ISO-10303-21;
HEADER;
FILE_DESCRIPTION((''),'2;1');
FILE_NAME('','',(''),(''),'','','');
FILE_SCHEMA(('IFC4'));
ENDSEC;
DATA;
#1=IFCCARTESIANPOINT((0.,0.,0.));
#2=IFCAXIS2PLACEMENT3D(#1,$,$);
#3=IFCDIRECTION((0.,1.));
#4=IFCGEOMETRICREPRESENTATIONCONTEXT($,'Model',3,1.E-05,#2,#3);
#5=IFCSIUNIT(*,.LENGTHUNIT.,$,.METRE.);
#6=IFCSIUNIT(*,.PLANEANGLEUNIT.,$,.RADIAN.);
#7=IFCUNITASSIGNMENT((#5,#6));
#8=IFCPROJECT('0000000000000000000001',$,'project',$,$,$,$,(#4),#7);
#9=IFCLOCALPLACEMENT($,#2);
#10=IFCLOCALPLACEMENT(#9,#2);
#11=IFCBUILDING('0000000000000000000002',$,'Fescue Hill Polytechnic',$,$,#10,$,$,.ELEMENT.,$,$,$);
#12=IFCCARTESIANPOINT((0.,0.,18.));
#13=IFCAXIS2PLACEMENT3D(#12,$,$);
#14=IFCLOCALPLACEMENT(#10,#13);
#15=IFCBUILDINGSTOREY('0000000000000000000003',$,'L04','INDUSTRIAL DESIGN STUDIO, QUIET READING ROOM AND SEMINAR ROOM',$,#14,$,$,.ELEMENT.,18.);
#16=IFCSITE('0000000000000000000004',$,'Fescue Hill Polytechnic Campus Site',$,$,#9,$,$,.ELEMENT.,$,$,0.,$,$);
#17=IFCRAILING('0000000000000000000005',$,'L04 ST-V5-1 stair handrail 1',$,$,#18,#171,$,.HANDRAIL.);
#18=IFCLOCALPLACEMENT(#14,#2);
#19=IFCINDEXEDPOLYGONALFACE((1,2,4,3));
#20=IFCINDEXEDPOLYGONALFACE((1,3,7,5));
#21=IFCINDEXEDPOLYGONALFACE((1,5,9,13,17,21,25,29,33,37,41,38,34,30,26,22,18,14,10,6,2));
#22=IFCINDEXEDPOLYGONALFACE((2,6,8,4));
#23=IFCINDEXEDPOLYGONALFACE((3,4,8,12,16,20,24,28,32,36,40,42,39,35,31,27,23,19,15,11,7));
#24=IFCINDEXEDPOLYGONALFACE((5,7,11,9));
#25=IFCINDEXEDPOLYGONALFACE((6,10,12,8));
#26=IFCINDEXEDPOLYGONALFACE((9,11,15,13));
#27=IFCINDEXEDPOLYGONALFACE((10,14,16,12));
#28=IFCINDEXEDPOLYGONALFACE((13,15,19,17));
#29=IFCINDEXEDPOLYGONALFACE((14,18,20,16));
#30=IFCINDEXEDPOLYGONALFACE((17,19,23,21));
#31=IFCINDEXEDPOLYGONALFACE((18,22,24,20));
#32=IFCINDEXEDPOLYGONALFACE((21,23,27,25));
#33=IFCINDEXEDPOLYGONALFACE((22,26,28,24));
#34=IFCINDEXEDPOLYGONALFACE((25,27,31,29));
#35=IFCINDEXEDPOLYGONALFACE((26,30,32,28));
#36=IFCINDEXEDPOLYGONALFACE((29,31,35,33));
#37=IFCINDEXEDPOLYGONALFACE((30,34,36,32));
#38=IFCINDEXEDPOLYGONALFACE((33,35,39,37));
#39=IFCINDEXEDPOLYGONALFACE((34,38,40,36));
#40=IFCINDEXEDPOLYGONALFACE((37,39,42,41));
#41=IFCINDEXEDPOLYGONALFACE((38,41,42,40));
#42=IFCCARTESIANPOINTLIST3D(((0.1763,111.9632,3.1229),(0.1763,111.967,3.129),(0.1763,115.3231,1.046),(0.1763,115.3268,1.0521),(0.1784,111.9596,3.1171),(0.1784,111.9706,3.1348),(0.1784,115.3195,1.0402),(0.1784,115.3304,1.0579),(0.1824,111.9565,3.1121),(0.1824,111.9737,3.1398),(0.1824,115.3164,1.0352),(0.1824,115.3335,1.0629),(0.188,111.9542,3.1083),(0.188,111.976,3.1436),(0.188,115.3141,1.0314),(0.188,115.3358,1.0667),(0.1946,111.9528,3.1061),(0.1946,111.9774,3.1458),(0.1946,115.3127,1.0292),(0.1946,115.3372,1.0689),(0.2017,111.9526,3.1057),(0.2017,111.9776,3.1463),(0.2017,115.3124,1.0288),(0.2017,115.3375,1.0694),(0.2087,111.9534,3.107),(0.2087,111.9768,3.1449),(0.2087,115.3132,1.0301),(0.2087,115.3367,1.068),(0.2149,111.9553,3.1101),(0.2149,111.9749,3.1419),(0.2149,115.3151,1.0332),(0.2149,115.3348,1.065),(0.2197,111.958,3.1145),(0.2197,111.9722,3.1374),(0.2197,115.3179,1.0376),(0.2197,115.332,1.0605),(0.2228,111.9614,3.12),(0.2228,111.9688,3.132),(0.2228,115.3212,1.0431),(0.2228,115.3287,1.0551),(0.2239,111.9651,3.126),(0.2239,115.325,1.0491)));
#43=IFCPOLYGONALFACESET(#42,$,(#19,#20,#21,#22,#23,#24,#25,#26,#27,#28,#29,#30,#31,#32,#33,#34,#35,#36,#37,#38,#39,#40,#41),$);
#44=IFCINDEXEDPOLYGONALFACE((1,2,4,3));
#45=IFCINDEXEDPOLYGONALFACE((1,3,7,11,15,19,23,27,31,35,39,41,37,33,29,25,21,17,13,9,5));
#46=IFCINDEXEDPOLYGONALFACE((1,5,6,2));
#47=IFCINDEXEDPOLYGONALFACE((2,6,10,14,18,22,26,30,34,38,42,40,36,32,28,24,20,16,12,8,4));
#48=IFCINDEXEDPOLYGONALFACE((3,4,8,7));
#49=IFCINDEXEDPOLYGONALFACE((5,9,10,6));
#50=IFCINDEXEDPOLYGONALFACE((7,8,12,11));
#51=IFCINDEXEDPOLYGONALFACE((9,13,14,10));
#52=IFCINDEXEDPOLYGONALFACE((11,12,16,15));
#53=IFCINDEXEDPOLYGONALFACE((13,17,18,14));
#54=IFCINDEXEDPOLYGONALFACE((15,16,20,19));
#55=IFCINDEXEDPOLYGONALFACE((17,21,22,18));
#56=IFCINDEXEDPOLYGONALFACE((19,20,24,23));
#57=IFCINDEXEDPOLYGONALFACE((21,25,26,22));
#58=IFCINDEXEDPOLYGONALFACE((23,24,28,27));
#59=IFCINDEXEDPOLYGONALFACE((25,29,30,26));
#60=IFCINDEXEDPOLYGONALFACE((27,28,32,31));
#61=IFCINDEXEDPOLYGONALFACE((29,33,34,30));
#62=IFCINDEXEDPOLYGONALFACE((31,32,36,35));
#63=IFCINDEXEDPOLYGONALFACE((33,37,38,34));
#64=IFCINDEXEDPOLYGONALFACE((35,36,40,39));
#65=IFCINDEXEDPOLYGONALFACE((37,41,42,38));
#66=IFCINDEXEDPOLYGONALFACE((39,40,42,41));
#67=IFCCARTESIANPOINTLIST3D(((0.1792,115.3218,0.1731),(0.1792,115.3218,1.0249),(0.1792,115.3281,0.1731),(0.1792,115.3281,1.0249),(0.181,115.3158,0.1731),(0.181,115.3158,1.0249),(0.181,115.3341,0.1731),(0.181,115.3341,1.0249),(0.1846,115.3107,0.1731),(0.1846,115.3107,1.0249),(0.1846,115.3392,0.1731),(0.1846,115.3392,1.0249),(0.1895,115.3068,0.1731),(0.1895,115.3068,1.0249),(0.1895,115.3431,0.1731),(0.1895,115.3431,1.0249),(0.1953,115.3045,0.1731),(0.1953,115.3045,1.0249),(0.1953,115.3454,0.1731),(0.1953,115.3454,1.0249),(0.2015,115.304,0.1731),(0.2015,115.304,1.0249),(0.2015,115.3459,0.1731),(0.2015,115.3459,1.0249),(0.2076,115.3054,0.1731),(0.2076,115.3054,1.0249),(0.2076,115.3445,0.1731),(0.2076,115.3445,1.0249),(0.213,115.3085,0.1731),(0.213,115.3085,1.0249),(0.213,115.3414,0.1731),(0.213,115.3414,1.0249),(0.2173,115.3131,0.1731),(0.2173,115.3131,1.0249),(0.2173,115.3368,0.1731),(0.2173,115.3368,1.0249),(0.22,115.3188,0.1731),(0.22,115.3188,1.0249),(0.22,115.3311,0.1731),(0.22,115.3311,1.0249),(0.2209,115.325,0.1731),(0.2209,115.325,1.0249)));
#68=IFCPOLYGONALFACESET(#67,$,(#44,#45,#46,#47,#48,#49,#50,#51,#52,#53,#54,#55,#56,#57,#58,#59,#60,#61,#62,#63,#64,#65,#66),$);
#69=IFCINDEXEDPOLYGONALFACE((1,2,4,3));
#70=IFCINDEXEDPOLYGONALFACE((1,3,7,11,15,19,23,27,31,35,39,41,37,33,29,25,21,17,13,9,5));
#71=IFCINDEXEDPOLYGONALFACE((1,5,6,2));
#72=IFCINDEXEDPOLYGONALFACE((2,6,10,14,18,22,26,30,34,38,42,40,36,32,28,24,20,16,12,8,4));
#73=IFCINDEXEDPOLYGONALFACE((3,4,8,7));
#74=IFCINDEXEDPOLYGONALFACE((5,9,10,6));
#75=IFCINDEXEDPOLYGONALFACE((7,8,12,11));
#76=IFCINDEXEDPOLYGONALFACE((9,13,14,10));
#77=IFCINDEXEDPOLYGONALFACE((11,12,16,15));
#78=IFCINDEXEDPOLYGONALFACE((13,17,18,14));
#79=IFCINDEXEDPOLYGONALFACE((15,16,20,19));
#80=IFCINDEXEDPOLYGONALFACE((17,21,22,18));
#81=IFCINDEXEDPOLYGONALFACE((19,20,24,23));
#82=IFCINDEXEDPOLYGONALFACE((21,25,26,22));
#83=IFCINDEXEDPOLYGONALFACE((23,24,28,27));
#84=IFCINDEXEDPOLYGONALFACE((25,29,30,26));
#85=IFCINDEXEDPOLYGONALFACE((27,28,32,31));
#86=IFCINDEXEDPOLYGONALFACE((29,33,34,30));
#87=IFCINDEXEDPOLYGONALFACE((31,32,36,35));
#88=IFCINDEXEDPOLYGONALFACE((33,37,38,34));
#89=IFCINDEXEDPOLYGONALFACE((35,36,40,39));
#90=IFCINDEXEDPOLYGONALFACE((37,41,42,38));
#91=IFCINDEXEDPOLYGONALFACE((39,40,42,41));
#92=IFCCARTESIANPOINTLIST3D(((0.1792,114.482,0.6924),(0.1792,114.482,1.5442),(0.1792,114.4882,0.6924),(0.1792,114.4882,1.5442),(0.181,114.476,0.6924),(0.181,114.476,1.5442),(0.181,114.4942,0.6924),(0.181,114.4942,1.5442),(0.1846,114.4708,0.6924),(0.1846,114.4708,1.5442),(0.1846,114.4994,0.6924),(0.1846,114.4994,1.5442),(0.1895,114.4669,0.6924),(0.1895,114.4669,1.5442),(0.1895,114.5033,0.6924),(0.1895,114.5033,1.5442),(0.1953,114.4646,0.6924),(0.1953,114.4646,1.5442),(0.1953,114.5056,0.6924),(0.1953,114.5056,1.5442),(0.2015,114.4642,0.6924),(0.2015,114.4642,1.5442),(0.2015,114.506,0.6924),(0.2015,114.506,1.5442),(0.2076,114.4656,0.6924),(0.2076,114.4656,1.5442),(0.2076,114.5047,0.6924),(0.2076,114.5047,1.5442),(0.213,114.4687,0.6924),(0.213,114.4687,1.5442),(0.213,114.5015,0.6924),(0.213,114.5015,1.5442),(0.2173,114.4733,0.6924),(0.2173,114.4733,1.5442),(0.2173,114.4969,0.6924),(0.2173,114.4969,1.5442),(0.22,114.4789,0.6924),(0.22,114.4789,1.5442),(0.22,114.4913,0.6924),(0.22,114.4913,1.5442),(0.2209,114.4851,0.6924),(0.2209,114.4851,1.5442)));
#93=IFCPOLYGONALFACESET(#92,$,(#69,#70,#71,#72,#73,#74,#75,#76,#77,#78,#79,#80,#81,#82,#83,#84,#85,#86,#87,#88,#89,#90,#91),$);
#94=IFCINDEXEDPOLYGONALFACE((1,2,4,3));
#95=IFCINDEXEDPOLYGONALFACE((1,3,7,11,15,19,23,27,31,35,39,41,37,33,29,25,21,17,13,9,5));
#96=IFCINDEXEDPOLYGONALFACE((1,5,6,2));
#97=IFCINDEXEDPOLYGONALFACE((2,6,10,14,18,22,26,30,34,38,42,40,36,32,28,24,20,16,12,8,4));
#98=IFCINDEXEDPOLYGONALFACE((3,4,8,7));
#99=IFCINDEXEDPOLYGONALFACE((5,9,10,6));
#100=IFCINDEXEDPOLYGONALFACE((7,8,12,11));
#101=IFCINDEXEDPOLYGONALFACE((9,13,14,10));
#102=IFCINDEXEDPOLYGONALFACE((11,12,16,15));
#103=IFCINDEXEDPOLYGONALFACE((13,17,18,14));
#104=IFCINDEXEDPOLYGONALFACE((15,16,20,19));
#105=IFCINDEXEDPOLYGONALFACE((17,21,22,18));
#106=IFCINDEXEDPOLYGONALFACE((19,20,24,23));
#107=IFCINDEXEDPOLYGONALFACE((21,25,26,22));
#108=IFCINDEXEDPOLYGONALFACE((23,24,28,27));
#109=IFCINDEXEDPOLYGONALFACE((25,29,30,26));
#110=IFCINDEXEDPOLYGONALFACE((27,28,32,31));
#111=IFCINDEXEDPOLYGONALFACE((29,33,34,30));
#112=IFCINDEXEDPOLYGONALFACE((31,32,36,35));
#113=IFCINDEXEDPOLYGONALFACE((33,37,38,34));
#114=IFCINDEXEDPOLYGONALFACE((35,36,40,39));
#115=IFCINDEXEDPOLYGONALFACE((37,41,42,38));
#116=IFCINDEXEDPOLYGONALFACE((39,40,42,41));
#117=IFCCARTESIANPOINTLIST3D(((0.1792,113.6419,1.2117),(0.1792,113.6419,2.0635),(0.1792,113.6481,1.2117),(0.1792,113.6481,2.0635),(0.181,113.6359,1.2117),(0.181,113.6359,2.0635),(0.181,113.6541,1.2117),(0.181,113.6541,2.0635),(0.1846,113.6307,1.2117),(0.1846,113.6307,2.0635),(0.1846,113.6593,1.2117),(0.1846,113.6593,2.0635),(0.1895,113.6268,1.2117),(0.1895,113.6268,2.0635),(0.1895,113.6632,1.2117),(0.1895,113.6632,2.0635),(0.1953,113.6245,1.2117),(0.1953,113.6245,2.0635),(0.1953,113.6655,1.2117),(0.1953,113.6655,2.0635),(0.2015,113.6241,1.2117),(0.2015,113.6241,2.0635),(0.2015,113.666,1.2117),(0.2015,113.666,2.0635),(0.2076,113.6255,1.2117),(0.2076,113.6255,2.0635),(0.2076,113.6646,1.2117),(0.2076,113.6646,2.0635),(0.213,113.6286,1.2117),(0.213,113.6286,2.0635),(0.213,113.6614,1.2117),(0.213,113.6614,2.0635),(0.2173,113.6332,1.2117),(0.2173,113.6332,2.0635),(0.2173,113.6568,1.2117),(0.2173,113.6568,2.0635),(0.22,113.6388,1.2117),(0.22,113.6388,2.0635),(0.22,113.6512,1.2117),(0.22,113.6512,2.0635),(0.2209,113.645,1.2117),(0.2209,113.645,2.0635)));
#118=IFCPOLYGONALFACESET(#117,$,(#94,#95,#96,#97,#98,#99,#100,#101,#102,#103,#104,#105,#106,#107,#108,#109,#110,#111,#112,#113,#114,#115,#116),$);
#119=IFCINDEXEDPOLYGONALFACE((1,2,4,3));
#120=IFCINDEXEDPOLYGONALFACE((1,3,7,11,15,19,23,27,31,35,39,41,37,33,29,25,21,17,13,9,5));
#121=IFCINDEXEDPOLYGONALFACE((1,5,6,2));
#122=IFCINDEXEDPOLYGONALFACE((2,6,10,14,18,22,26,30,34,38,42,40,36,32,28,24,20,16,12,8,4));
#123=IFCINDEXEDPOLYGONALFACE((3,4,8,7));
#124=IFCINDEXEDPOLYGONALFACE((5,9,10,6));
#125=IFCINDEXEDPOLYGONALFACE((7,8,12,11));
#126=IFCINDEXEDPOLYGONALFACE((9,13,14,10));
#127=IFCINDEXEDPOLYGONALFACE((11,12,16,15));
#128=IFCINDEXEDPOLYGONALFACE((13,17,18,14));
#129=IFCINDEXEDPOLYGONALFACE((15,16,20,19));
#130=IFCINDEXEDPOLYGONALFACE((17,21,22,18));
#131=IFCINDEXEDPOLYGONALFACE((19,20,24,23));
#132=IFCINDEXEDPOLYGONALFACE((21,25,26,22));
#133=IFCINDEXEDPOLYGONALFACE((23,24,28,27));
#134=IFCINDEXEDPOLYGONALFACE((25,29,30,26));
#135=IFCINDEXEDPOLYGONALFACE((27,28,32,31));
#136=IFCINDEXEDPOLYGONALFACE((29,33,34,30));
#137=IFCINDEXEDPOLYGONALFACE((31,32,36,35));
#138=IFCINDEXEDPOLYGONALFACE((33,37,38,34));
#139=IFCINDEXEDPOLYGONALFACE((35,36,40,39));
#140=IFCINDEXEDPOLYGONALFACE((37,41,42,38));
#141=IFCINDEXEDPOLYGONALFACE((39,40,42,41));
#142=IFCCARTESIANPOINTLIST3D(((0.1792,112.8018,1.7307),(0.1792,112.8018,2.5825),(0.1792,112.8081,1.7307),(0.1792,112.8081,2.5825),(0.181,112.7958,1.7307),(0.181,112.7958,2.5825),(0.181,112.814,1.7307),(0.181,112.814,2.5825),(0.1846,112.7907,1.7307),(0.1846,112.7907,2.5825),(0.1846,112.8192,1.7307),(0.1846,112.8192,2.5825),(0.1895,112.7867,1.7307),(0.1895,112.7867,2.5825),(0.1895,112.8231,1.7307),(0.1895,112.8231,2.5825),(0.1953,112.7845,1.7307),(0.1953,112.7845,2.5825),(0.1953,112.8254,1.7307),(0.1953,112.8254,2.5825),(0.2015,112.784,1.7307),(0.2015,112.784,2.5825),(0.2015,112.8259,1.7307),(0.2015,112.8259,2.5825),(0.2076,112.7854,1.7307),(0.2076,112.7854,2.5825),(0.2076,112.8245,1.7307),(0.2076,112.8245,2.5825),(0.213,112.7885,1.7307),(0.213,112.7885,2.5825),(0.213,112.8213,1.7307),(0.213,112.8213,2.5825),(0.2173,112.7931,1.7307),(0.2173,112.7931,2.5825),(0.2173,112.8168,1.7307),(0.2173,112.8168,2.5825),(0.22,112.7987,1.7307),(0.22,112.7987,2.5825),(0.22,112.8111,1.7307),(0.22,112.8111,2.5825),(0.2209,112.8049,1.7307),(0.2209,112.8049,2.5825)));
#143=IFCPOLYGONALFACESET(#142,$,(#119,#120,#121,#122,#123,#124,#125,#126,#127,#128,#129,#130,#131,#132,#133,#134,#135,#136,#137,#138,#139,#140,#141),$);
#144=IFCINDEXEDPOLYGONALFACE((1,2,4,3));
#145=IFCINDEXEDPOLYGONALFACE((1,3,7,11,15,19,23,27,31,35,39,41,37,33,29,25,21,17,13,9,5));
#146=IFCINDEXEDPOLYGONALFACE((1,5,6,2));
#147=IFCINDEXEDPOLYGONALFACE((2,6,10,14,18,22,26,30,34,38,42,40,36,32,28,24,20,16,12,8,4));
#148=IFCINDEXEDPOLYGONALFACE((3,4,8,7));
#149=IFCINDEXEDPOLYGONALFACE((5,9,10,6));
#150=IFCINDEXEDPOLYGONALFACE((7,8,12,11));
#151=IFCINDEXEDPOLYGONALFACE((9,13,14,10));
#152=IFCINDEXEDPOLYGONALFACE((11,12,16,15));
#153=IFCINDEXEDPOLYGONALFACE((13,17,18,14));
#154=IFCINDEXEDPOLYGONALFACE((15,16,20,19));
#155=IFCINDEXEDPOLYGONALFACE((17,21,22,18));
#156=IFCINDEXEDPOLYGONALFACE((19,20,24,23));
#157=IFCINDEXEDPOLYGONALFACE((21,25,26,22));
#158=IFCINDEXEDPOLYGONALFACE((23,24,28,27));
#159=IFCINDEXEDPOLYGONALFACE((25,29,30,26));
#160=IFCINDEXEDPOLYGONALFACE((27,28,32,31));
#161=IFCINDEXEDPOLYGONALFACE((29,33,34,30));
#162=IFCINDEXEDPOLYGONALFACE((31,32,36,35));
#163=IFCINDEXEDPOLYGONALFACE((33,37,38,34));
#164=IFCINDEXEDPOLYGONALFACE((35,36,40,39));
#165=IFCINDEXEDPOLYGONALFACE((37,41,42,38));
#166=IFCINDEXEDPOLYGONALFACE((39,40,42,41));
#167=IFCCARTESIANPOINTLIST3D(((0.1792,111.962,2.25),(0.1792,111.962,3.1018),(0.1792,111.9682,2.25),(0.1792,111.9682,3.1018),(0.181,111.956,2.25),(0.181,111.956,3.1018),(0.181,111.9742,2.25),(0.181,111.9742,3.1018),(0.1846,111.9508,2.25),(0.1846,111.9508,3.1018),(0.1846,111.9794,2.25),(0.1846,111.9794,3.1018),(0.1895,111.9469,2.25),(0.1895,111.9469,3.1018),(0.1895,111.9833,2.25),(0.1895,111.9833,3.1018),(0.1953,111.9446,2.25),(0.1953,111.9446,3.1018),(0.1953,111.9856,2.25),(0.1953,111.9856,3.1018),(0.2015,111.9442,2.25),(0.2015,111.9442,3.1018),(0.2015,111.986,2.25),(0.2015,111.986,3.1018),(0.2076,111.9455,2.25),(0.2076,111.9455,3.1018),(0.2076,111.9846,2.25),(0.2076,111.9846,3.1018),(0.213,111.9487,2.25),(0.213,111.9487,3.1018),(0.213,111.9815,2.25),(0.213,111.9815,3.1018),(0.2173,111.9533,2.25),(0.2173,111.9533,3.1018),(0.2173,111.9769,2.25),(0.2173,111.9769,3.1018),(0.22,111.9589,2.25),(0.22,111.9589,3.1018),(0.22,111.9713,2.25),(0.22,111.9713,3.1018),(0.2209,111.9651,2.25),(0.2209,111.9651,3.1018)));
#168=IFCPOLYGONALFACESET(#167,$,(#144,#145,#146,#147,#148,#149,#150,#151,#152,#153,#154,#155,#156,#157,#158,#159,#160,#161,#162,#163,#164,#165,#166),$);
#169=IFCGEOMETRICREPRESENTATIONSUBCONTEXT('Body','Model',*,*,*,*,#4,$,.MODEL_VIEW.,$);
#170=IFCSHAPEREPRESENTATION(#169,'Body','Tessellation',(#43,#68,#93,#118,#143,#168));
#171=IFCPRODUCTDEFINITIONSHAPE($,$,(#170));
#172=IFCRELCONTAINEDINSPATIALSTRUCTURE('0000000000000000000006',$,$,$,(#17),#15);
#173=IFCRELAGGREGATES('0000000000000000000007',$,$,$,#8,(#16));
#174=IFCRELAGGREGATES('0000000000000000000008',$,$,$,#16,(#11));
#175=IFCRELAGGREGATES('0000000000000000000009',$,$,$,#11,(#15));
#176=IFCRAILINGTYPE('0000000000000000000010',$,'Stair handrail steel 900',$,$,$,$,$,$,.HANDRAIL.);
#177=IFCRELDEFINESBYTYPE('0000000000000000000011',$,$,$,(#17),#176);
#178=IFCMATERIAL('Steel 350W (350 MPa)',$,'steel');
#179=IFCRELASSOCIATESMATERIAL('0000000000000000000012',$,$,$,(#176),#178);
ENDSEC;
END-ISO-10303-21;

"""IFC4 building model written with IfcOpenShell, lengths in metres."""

from ifc_helpers import new_model, si_unit, direction, frame, origin, origin_2d, place, context, subcontext, project, spatial, circle, extrude, material, type_object, element, save


model = new_model("IFC4")

# Units and contexts
model_context = context("Model", 3, precision=1e-05, world=origin(), true_north=direction((0.0, 1.0)))
body_context = subcontext(model_context, "Body", "Model", "MODEL_VIEW")
ifc_project = project(units=[si_unit("LENGTHUNIT", "METRE"), si_unit("PLANEANGLEUNIT", "RADIAN")], contexts=[model_context])

# Site, building, storey
site_placement = place(None, origin())
site = spatial("IfcSite", under=ifc_project, at=site_placement, Name="Fescue Hill Polytechnic Campus Site", CompositionType="ELEMENT", RefElevation=0.0)
building_placement = place(site_placement, origin())
building = spatial("IfcBuilding", under=site, at=building_placement, Name="Fescue Hill Polytechnic", CompositionType="ELEMENT")
storey_placement = place(building_placement, frame((0.0, 0.0, 18.0)))
storey = spatial("IfcBuildingStorey", under=building, at=storey_placement, Name="L04", Description="INDUSTRIAL DESIGN STUDIO, QUIET READING ROOM AND SEMINAR ROOM", CompositionType="ELEMENT", Elevation=18.0)

# Railing
ifc_material_1 = material(Name="Steel 350W (350 MPa)", Category="steel")
railing_type_1 = type_object("IfcRailingType", Name="Stair handrail steel 900", PredefinedType="HANDRAIL", material=ifc_material_1)
for number, where, name in (
    (1, (0.2, 115.325, 0.1731), "L04 ST-V5-1 stair handrail 1"),
):
    element("IfcRailing", number, at=place(storey_placement, frame(where)), inside=storey, type_object=railing_type_1, Name=name, PredefinedType="HANDRAIL", context=body_context, shape_type="SweptSolid", body=[
        extrude(circle(Radius=0.0239, at=origin_2d()), frame((0.0, 0.0, 0.876), z_axis=(0.0, -0.850606, 0.525803), x_axis=(1.0, 0.0, 0.0)), (0.0, 0.0, 1.0), 3.95),
        extrude(circle(Radius=0.021, at=origin_2d()), origin(), (0.0, 0.0, 1.0), 0.8518),
        extrude(circle(Radius=0.021, at=origin_2d()), frame((0.0, -0.8398, 0.5193)), (0.0, 0.0, 1.0), 0.8518),
        extrude(circle(Radius=0.021, at=origin_2d()), frame((0.0, -1.6799, 1.0386)), (0.0, 0.0, 1.0), 0.8518),
        extrude(circle(Radius=0.021, at=origin_2d()), frame((0.0, -2.52, 1.5576)), (0.0, 0.0, 1.0), 0.8518),
        extrude(circle(Radius=0.021, at=origin_2d()), frame((0.0, -3.3599, 2.0769)), (0.0, 0.0, 1.0), 0.8518),
    ])

save(model, "model.ifc")
